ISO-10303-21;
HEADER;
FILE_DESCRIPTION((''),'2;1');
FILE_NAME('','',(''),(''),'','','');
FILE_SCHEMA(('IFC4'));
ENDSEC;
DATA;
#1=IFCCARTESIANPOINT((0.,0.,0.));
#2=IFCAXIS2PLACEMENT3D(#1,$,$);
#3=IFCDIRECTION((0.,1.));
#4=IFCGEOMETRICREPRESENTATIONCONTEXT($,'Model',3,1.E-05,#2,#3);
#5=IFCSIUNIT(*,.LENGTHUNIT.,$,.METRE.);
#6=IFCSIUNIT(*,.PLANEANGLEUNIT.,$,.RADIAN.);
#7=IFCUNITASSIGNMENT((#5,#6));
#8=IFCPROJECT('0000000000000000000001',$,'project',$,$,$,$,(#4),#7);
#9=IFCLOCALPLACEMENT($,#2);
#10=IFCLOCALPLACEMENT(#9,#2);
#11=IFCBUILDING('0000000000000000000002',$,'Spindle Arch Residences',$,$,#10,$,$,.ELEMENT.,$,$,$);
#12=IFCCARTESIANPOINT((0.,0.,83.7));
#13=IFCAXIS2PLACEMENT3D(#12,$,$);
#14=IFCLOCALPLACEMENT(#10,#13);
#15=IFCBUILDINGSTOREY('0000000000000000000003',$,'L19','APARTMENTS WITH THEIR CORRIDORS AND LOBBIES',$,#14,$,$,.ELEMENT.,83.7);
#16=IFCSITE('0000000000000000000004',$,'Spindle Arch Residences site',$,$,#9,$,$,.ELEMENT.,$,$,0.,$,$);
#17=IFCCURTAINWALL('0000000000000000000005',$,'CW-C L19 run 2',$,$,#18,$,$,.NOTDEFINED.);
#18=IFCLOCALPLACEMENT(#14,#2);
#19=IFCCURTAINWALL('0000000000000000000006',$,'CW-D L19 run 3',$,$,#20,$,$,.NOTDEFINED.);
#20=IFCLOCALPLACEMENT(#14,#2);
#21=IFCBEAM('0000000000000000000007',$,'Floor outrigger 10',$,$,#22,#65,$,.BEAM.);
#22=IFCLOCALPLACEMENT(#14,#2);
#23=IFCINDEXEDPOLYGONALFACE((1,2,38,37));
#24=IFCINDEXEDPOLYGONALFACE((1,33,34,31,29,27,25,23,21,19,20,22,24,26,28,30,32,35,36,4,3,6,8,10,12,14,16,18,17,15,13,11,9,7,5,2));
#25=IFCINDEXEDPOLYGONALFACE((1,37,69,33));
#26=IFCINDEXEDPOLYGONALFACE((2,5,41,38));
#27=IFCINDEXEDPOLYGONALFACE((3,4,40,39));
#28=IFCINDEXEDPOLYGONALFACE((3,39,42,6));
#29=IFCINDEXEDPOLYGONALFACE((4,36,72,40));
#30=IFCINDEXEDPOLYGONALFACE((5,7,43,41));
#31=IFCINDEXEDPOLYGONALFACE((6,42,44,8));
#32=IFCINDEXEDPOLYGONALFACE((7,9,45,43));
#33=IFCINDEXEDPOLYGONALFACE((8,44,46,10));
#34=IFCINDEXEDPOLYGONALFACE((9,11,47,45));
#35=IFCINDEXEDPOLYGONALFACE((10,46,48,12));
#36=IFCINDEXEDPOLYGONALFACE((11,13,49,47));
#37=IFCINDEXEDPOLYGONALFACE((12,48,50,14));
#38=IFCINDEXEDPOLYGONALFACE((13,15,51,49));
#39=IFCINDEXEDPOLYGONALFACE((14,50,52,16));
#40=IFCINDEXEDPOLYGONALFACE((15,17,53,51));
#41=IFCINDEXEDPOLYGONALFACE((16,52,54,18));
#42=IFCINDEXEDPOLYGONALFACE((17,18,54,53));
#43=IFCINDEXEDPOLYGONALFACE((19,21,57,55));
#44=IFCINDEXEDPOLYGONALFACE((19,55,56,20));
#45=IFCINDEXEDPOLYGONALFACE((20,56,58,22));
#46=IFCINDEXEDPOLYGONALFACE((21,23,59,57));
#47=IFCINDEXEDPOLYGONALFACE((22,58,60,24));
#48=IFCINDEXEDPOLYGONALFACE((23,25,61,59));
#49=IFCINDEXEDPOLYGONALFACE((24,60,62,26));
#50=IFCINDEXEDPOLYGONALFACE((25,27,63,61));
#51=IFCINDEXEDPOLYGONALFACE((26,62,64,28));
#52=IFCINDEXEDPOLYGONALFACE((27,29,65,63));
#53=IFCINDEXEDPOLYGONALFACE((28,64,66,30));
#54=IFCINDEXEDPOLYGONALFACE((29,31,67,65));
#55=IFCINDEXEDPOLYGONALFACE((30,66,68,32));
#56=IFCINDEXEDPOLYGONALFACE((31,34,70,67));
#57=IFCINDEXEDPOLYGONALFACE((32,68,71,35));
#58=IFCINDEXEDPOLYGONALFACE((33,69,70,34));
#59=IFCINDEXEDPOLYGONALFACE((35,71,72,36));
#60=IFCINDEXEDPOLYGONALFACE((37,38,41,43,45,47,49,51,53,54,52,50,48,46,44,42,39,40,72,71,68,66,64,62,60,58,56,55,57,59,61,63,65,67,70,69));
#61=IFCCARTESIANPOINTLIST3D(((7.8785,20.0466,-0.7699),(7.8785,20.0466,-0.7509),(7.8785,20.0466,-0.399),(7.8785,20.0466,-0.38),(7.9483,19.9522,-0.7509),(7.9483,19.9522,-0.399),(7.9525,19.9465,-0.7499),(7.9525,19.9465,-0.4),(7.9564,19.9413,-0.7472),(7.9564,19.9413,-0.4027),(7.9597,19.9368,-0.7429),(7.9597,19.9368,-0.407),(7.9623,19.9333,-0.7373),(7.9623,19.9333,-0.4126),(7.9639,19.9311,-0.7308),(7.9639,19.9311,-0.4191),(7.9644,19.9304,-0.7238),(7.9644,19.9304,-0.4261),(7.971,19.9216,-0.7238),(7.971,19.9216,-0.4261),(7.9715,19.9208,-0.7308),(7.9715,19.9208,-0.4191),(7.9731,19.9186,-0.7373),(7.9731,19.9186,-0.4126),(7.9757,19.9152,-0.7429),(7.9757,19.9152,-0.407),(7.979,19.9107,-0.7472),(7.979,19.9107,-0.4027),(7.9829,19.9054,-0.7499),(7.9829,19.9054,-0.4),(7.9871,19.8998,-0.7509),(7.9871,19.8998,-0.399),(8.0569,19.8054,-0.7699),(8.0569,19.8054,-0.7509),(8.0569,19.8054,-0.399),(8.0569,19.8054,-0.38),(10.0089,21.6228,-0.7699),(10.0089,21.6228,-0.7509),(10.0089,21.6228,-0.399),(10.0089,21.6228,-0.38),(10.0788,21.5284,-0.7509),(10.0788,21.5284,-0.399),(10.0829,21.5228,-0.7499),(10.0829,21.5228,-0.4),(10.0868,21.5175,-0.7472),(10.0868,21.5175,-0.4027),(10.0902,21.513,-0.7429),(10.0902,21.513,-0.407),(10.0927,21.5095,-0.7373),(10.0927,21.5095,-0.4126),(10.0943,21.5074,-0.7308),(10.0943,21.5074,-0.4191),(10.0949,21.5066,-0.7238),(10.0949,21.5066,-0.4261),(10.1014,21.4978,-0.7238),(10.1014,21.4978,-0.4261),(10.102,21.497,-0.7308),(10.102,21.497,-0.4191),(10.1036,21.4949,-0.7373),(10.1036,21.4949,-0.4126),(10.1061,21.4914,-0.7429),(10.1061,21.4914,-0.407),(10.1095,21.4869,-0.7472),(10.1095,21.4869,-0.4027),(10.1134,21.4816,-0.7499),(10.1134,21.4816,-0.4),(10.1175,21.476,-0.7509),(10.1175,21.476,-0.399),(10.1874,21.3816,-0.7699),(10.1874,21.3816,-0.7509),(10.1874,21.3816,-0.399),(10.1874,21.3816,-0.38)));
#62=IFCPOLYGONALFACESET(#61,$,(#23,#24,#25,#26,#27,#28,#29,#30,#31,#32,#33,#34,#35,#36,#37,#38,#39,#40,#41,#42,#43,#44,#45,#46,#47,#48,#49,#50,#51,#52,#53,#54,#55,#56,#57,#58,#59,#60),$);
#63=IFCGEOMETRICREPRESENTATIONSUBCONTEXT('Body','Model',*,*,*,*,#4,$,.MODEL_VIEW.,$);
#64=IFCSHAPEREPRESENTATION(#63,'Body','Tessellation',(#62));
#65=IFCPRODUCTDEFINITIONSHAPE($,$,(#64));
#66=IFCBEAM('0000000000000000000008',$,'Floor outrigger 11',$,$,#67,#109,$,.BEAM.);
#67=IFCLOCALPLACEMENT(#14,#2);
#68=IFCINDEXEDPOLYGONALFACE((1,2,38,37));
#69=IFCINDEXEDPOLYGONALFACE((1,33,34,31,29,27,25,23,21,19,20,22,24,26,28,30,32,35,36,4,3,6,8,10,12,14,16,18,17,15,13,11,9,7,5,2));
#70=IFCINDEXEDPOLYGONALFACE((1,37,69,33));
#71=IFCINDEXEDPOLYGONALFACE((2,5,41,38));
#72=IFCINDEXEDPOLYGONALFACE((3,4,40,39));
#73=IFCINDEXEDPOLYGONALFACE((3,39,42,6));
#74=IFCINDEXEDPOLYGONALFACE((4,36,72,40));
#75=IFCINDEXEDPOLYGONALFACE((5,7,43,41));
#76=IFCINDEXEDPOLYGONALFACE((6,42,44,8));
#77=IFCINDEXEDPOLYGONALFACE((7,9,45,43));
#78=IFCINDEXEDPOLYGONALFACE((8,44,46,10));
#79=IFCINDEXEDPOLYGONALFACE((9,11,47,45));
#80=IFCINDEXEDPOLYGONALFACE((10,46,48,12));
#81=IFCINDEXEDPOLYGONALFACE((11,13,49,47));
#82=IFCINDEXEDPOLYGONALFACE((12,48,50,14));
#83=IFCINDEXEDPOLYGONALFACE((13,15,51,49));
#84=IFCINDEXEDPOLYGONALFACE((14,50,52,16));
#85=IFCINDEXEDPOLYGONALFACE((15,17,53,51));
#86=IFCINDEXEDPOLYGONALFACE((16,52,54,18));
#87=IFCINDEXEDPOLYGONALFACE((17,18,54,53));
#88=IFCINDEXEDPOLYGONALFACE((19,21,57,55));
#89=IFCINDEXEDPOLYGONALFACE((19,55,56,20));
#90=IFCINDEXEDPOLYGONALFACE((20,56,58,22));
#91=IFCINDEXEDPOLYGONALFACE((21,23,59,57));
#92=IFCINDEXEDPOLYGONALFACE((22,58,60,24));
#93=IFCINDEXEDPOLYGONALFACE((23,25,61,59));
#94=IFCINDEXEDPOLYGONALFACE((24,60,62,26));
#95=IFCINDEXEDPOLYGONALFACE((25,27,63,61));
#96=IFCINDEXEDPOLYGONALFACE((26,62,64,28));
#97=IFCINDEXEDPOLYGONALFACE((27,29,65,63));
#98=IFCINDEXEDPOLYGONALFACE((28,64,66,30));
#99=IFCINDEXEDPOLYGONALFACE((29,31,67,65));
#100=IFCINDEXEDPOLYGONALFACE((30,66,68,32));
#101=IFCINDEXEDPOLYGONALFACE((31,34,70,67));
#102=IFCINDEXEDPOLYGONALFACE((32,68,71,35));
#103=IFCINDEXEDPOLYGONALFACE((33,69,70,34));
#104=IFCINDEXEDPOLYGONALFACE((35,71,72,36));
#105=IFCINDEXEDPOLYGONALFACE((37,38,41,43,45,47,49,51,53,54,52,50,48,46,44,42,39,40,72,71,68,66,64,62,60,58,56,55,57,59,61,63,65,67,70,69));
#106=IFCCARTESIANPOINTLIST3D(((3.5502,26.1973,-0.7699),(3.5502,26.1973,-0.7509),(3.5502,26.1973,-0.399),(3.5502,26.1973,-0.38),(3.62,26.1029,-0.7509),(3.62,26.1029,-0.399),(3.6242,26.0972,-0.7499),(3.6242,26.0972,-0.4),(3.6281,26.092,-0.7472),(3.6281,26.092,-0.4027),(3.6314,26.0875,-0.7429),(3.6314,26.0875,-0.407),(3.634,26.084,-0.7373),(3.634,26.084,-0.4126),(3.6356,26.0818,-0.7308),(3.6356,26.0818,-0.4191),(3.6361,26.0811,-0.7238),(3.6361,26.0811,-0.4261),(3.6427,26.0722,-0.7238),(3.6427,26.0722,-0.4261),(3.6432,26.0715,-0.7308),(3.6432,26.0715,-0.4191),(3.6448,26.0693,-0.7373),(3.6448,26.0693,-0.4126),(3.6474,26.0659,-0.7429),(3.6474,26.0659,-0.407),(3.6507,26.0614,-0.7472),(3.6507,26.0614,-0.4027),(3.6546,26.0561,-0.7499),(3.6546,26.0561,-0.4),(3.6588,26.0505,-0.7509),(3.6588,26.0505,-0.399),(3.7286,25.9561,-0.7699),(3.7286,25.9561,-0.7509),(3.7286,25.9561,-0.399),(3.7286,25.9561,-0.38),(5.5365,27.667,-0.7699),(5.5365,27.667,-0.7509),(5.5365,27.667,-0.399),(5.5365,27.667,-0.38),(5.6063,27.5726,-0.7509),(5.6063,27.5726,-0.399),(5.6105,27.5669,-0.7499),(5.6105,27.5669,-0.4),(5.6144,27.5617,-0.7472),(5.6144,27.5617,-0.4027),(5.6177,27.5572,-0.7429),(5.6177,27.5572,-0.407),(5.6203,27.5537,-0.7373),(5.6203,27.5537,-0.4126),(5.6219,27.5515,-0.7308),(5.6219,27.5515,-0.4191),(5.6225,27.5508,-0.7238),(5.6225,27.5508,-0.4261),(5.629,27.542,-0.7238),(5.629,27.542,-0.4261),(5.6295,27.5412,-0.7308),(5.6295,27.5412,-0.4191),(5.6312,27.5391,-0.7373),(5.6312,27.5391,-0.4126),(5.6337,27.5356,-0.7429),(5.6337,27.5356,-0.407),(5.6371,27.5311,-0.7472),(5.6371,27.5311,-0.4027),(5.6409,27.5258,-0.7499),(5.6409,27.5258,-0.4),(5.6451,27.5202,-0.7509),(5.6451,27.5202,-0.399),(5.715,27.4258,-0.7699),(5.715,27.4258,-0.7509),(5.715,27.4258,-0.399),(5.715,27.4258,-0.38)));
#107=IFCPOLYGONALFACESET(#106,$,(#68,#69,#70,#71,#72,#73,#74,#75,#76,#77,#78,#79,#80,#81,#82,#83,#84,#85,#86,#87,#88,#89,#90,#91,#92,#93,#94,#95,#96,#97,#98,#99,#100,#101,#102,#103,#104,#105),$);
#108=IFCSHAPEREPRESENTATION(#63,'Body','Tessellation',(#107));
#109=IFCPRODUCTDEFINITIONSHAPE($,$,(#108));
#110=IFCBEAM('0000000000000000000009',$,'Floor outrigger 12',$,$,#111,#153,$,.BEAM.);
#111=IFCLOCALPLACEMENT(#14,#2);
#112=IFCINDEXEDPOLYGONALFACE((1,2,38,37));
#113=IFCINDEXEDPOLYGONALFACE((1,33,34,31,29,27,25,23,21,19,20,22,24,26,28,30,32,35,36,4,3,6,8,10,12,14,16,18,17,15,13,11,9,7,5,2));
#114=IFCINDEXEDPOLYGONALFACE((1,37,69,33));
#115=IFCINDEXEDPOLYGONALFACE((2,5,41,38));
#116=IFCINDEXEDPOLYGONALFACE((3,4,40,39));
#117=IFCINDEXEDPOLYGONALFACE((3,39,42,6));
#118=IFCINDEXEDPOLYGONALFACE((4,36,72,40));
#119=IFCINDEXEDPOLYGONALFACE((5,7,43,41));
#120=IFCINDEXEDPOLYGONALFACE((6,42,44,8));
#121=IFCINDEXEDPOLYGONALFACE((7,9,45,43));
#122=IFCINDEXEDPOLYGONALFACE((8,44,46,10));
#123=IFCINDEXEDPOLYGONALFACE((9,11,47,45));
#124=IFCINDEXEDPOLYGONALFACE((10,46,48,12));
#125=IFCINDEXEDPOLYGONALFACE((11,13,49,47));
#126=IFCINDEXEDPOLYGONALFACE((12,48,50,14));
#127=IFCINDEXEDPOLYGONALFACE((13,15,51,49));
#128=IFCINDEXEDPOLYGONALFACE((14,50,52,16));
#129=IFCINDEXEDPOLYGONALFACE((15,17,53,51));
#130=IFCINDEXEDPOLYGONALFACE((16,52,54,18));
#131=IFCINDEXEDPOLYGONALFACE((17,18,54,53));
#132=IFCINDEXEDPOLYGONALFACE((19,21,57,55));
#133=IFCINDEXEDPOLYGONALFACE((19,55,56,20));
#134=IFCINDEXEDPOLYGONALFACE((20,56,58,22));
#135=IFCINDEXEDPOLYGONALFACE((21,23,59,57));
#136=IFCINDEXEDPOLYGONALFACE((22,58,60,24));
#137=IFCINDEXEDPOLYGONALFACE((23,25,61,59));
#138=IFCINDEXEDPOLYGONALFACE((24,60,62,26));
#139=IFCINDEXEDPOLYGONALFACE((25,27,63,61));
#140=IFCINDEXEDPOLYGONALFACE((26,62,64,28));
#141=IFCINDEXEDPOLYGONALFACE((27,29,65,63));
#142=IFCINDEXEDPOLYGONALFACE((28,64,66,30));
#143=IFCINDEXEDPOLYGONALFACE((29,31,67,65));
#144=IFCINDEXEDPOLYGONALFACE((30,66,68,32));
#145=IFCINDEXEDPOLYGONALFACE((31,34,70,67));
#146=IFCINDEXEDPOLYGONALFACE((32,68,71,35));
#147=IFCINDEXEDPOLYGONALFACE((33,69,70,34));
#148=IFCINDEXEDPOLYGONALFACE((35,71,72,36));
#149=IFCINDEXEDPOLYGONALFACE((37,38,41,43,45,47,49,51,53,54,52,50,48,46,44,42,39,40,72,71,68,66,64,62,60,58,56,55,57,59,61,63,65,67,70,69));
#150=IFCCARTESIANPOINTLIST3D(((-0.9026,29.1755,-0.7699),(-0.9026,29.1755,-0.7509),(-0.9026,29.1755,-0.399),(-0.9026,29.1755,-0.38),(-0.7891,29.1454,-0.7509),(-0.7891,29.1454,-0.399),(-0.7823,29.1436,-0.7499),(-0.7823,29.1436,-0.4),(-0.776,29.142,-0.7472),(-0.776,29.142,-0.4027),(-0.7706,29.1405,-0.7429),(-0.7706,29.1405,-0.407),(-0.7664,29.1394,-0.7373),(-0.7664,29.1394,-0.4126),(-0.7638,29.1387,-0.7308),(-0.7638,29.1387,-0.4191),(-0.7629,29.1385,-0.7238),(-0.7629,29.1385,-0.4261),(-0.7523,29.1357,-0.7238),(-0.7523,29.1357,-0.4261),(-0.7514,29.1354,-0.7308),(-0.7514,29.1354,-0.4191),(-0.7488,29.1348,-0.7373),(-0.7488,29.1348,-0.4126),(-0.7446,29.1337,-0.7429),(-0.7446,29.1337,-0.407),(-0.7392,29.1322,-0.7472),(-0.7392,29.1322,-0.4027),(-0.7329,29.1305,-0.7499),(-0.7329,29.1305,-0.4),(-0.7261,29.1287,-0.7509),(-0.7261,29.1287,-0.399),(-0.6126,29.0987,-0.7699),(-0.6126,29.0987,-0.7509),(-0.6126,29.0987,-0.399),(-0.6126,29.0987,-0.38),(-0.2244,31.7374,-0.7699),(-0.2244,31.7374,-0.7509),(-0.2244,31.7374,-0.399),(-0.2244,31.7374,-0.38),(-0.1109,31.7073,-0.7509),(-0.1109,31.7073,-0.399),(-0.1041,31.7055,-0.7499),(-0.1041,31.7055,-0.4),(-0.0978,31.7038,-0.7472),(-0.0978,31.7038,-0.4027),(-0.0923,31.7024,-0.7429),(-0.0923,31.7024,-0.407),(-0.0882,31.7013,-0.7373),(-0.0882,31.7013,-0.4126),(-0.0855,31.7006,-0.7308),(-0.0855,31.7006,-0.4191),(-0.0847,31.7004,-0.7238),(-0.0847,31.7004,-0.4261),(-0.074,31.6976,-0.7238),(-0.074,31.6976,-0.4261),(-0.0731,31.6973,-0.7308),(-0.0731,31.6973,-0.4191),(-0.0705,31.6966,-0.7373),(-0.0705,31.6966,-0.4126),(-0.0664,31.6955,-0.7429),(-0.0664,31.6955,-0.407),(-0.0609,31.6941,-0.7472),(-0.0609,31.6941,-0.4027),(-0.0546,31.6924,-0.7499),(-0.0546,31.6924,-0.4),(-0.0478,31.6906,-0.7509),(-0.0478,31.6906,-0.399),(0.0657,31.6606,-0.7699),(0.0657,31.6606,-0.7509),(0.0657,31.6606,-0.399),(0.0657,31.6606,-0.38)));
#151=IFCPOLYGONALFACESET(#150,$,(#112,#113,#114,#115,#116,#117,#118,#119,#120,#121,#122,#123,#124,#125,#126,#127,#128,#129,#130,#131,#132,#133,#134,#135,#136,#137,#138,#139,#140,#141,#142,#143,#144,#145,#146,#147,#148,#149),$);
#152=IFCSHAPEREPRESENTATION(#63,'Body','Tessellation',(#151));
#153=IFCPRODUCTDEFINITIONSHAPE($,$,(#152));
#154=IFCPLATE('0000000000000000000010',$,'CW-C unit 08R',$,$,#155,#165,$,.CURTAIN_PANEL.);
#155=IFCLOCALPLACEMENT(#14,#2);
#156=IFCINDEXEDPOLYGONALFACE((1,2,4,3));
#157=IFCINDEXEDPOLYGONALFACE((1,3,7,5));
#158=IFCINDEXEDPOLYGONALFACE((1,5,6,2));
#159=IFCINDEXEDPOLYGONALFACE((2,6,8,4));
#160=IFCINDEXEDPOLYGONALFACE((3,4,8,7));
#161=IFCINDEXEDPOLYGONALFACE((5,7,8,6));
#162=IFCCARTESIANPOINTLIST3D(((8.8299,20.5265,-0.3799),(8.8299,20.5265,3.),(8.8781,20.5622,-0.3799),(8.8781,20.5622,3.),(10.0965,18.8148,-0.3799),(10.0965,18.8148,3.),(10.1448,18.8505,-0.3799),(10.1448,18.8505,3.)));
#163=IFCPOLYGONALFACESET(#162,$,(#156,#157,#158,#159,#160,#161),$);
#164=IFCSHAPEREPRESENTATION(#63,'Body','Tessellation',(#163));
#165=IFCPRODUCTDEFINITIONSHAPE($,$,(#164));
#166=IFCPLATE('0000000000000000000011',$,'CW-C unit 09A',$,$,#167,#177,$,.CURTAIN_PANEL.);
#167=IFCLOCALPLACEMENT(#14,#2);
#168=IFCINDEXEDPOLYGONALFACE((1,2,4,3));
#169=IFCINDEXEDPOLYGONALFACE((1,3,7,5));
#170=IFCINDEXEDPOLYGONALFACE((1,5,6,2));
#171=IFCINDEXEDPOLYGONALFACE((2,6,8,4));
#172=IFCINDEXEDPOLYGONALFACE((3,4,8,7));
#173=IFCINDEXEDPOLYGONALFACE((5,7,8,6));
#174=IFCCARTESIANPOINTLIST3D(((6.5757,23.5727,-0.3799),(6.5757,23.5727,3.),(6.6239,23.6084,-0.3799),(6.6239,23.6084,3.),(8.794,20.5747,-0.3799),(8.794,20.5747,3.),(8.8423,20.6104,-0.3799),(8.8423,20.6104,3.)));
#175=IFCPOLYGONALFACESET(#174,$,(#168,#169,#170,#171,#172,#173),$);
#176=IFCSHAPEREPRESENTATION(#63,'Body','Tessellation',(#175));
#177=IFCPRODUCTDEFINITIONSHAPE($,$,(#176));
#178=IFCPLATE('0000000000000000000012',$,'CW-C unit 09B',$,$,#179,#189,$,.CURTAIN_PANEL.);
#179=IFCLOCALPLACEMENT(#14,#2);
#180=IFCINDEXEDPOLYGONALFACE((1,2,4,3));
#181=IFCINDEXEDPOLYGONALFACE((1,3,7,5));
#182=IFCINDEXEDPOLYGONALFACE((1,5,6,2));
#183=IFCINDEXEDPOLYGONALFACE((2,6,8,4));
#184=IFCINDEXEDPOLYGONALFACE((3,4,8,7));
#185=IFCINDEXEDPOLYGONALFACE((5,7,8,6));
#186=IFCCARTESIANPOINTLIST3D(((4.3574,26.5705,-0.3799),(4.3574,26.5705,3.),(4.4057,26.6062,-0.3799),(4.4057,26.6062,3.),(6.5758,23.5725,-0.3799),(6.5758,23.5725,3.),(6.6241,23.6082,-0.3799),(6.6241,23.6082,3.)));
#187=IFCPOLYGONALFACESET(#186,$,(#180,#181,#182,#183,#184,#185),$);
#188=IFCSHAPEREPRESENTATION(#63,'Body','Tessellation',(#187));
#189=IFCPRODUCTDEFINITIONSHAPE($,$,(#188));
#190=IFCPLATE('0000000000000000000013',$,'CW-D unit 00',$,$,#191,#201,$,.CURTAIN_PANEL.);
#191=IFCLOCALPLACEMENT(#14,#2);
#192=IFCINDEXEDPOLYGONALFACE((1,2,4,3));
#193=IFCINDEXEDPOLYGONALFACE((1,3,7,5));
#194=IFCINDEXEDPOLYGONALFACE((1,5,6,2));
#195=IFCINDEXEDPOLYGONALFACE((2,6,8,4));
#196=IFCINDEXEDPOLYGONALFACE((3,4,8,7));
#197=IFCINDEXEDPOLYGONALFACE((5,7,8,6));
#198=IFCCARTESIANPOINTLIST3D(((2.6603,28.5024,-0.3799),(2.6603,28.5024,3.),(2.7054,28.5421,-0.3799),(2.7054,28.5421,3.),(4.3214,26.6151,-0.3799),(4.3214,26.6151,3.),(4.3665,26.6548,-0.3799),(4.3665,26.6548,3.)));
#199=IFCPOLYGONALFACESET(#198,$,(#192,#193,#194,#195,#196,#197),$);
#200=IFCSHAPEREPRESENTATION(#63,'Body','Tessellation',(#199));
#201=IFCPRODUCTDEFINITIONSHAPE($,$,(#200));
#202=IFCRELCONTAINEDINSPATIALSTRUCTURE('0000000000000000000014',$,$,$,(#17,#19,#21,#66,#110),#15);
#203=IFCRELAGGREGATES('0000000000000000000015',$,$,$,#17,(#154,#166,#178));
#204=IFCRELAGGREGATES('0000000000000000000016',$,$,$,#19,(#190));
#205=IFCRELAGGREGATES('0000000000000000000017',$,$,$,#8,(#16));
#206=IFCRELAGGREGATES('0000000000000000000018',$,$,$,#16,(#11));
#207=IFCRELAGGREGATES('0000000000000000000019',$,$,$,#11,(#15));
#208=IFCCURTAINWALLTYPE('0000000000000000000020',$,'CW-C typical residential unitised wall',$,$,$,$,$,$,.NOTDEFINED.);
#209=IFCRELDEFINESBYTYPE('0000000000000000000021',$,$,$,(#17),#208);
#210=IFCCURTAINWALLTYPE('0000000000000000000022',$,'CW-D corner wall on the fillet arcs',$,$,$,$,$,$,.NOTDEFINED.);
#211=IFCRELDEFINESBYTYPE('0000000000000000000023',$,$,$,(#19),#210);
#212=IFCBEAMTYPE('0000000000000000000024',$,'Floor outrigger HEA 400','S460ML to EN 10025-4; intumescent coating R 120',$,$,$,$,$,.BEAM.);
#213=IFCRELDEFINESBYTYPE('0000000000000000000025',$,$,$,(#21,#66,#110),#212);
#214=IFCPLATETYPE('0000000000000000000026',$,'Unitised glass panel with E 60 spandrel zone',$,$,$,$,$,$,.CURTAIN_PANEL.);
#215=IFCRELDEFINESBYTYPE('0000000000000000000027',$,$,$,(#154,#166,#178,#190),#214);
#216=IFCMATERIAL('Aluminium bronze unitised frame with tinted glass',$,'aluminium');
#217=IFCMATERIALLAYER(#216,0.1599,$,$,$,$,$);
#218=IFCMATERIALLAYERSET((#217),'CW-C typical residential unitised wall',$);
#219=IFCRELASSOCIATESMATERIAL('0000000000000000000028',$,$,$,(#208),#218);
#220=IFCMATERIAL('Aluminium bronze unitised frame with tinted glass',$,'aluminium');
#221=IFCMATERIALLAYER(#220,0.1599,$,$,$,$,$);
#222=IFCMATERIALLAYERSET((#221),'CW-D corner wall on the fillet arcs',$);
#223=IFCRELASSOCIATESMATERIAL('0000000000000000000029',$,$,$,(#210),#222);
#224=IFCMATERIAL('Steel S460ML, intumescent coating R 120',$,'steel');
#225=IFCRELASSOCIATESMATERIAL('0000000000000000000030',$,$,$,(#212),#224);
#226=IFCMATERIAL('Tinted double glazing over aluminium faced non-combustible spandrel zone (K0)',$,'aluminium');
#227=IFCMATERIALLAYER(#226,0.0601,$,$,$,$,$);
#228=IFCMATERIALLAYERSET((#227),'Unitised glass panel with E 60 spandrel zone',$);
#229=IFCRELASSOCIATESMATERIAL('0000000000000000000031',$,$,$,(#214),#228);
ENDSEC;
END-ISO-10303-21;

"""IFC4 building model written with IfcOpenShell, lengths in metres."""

from ifc_helpers import new_model, si_unit, direction, frame, origin, origin_2d, place, context, subcontext, project, spatial, rectangle, i_section, extrude, material, layer, layer_set, material_profile, profile_set, type_object, element, aggregate, save


model = new_model("IFC4")

# Units and contexts
model_context = context("Model", 3, precision=1e-05, world=origin(), true_north=direction((0.0, 1.0)))
body_context = subcontext(model_context, "Body", "Model", "MODEL_VIEW")
ifc_project = project(units=[si_unit("LENGTHUNIT", "METRE"), si_unit("PLANEANGLEUNIT", "RADIAN")], contexts=[model_context])

# Site, building, storey
site_placement = place(None, origin())
site = spatial("IfcSite", under=ifc_project, at=site_placement, Name="Spindle Arch Residences site", CompositionType="ELEMENT", RefElevation=0.0)
building_placement = place(site_placement, origin())
building = spatial("IfcBuilding", under=site, at=building_placement, Name="Spindle Arch Residences", CompositionType="ELEMENT")
storey_placement = place(building_placement, frame((0.0, 0.0, 83.7)))
storey = spatial("IfcBuildingStorey", under=building, at=storey_placement, Name="L19", Description="APARTMENTS WITH THEIR CORRIDORS AND LOBBIES", CompositionType="ELEMENT", Elevation=83.7)

# Curtain wall
ifc_material_1 = material(Name="Aluminium bronze unitised frame with tinted glass", Category="aluminium")
ifc_layer_1 = layer(ifc_material_1, 0.1599)
ifc_layer_set_1 = layer_set([ifc_layer_1], Name="CW-C typical residential unitised wall")
curtain_wall_type_1 = type_object("IfcCurtainWallType", Name="CW-C typical residential unitised wall", PredefinedType="NOTDEFINED", material=ifc_layer_set_1)
curtain_wall_1_placement = place(storey_placement, origin())
curtain_wall_1 = element("IfcCurtainWall", 1, at=curtain_wall_1_placement, inside=storey, type_object=curtain_wall_type_1, Name="CW-C L19 run 2", PredefinedType="NOTDEFINED")

# Curtain wall
ifc_material_2 = material(Name="Aluminium bronze unitised frame with tinted glass", Category="aluminium")
ifc_layer_2 = layer(ifc_material_2, 0.1599)
ifc_layer_set_2 = layer_set([ifc_layer_2], Name="CW-D corner wall on the fillet arcs")
curtain_wall_type_2 = type_object("IfcCurtainWallType", Name="CW-D corner wall on the fillet arcs", PredefinedType="NOTDEFINED", material=ifc_layer_set_2)
curtain_wall_2_placement = place(storey_placement, origin())
curtain_wall_2 = element("IfcCurtainWall", 2, at=curtain_wall_2_placement, inside=storey, type_object=curtain_wall_type_2, Name="CW-D L19 run 3", PredefinedType="NOTDEFINED")

# Beams
ifc_material_3 = material(Name="Steel S460ML, intumescent coating R 120", Category="steel")
ifc_material_profile_1 = material_profile(ifc_material_3, i_section(OverallWidth=0.3, OverallDepth=0.3899, WebThickness=0.011, FlangeThickness=0.019, FilletRadius=0.0271, at=origin_2d()), Name="HEA 400")
ifc_profile_set_1 = profile_set([ifc_material_profile_1], Name="Steel S460ML, intumescent coating R 120")
beam_type_1 = type_object("IfcBeamType", Name="Floor outrigger HEA 400", Description="S460ML to EN 10025-4; intumescent coating R 120", PredefinedType="BEAM", material=ifc_profile_set_1)
beam_1_placement = place(storey_placement, frame((10.0981, 21.5022, -0.575), z_axis=(-0.803897, -0.594769, 0.0), x_axis=(0.594769, -0.803897, 0.0)))
element("IfcBeam", 3, at=beam_1_placement, inside=storey, type_object=beam_type_1, Name="Floor outrigger 10", PredefinedType="BEAM", context=body_context, shape_type="SweptSolid", body=[
    extrude(i_section(OverallWidth=0.3, OverallDepth=0.3899, WebThickness=0.011, FlangeThickness=0.019, FilletRadius=0.0271, at=origin_2d()), origin(), (0.0, 0.0, 1.0), 2.6501),
])
beam_2_placement = place(storey_placement, frame((5.6257, 27.5464, -0.575), z_axis=(-0.803872, -0.594802, 0.0), x_axis=(0.594802, -0.803872, 0.0)))
element("IfcBeam", 4, at=beam_2_placement, inside=storey, type_object=beam_type_1, Name="Floor outrigger 11", PredefinedType="BEAM", context=body_context, shape_type="SweptSolid", body=[
    extrude(i_section(OverallWidth=0.3, OverallDepth=0.3899, WebThickness=0.011, FlangeThickness=0.019, FilletRadius=0.0271, at=origin_2d()), origin(), (0.0, 0.0, 1.0), 2.4709),
])
beam_3_placement = place(storey_placement, frame((-0.0793, 31.699, -0.575), z_axis=(-0.255931, -0.966695, 0.0), x_axis=(0.966695, -0.255931, 0.0)))
element("IfcBeam", 5, at=beam_3_placement, inside=storey, type_object=beam_type_1, Name="Floor outrigger 12", PredefinedType="BEAM", context=body_context, shape_type="SweptSolid", body=[
    extrude(i_section(OverallWidth=0.3, OverallDepth=0.3899, WebThickness=0.011, FlangeThickness=0.019, FilletRadius=0.0271, at=origin_2d()), origin(), (0.0, 0.0, 1.0), 2.6501),
])

# Plates
ifc_material_4 = material(Name="Tinted double glazing over aluminium faced non-combustible spandrel zone (K0)", Category="aluminium")
ifc_layer_3 = layer(ifc_material_4, 0.0601)
ifc_layer_set_3 = layer_set([ifc_layer_3], Name="Unitised glass panel with E 60 spandrel zone")
plate_type = type_object("IfcPlateType", Name="Unitised glass panel with E 60 spandrel zone", PredefinedType="CURTAIN_PANEL", material=ifc_layer_set_3)
plate_1_placement = place(storey_placement, frame((9.4873, 19.6885, -0.3799), z_axis=(0.0, 0.0, 1.0), x_axis=(-0.594823, 0.803857, 0.0)))
plate_1 = element("IfcPlate", 6, at=plate_1_placement, type_object=plate_type, Name="CW-C unit 08R", PredefinedType="CURTAIN_PANEL", context=body_context, shape_type="SweptSolid", body=[
    extrude(rectangle(XDim=2.1294, YDim=0.0601, at=origin_2d()), origin(), (0.0, 0.0, 1.0), 3.3799),
])
plate_2_placement = place(storey_placement, frame((7.709, 22.0916, -0.3799), z_axis=(0.0, 0.0, 1.0), x_axis=(-0.594823, 0.803857, 0.0)))
plate_2 = element("IfcPlate", 7, at=plate_2_placement, type_object=plate_type, Name="CW-C unit 09A", PredefinedType="CURTAIN_PANEL", context=body_context, shape_type="SweptSolid", body=[
    extrude(rectangle(XDim=3.7295, YDim=0.0601, at=origin_2d()), origin(), (0.0, 0.0, 1.0), 3.3799),
])
plate_3_placement = place(storey_placement, frame((5.4907, 25.0894, -0.3799), z_axis=(0.0, 0.0, 1.0), x_axis=(-0.594823, 0.803857, 0.0)))
plate_3 = element("IfcPlate", 8, at=plate_3_placement, type_object=plate_type, Name="CW-C unit 09B", PredefinedType="CURTAIN_PANEL", context=body_context, shape_type="SweptSolid", body=[
    extrude(rectangle(XDim=3.7295, YDim=0.0601, at=origin_2d()), origin(), (0.0, 0.0, 1.0), 3.3799),
])
aggregate(curtain_wall_1, [plate_1, plate_2, plate_3])
plate_4_placement = place(storey_placement, frame((3.5134, 27.5786, -0.3799), z_axis=(0.0, 0.0, 1.0), x_axis=(-0.660704, 0.750647, 0.0)))
plate_4 = element("IfcPlate", 9, at=plate_4_placement, type_object=plate_type, Name="CW-D unit 00", PredefinedType="CURTAIN_PANEL", context=body_context, shape_type="SweptSolid", body=[
    extrude(rectangle(XDim=2.5142, YDim=0.0601, at=origin_2d()), origin(), (0.0, 0.0, 1.0), 3.3799),
])
aggregate(curtain_wall_2, [plate_4])

save(model, "model.ifc")
